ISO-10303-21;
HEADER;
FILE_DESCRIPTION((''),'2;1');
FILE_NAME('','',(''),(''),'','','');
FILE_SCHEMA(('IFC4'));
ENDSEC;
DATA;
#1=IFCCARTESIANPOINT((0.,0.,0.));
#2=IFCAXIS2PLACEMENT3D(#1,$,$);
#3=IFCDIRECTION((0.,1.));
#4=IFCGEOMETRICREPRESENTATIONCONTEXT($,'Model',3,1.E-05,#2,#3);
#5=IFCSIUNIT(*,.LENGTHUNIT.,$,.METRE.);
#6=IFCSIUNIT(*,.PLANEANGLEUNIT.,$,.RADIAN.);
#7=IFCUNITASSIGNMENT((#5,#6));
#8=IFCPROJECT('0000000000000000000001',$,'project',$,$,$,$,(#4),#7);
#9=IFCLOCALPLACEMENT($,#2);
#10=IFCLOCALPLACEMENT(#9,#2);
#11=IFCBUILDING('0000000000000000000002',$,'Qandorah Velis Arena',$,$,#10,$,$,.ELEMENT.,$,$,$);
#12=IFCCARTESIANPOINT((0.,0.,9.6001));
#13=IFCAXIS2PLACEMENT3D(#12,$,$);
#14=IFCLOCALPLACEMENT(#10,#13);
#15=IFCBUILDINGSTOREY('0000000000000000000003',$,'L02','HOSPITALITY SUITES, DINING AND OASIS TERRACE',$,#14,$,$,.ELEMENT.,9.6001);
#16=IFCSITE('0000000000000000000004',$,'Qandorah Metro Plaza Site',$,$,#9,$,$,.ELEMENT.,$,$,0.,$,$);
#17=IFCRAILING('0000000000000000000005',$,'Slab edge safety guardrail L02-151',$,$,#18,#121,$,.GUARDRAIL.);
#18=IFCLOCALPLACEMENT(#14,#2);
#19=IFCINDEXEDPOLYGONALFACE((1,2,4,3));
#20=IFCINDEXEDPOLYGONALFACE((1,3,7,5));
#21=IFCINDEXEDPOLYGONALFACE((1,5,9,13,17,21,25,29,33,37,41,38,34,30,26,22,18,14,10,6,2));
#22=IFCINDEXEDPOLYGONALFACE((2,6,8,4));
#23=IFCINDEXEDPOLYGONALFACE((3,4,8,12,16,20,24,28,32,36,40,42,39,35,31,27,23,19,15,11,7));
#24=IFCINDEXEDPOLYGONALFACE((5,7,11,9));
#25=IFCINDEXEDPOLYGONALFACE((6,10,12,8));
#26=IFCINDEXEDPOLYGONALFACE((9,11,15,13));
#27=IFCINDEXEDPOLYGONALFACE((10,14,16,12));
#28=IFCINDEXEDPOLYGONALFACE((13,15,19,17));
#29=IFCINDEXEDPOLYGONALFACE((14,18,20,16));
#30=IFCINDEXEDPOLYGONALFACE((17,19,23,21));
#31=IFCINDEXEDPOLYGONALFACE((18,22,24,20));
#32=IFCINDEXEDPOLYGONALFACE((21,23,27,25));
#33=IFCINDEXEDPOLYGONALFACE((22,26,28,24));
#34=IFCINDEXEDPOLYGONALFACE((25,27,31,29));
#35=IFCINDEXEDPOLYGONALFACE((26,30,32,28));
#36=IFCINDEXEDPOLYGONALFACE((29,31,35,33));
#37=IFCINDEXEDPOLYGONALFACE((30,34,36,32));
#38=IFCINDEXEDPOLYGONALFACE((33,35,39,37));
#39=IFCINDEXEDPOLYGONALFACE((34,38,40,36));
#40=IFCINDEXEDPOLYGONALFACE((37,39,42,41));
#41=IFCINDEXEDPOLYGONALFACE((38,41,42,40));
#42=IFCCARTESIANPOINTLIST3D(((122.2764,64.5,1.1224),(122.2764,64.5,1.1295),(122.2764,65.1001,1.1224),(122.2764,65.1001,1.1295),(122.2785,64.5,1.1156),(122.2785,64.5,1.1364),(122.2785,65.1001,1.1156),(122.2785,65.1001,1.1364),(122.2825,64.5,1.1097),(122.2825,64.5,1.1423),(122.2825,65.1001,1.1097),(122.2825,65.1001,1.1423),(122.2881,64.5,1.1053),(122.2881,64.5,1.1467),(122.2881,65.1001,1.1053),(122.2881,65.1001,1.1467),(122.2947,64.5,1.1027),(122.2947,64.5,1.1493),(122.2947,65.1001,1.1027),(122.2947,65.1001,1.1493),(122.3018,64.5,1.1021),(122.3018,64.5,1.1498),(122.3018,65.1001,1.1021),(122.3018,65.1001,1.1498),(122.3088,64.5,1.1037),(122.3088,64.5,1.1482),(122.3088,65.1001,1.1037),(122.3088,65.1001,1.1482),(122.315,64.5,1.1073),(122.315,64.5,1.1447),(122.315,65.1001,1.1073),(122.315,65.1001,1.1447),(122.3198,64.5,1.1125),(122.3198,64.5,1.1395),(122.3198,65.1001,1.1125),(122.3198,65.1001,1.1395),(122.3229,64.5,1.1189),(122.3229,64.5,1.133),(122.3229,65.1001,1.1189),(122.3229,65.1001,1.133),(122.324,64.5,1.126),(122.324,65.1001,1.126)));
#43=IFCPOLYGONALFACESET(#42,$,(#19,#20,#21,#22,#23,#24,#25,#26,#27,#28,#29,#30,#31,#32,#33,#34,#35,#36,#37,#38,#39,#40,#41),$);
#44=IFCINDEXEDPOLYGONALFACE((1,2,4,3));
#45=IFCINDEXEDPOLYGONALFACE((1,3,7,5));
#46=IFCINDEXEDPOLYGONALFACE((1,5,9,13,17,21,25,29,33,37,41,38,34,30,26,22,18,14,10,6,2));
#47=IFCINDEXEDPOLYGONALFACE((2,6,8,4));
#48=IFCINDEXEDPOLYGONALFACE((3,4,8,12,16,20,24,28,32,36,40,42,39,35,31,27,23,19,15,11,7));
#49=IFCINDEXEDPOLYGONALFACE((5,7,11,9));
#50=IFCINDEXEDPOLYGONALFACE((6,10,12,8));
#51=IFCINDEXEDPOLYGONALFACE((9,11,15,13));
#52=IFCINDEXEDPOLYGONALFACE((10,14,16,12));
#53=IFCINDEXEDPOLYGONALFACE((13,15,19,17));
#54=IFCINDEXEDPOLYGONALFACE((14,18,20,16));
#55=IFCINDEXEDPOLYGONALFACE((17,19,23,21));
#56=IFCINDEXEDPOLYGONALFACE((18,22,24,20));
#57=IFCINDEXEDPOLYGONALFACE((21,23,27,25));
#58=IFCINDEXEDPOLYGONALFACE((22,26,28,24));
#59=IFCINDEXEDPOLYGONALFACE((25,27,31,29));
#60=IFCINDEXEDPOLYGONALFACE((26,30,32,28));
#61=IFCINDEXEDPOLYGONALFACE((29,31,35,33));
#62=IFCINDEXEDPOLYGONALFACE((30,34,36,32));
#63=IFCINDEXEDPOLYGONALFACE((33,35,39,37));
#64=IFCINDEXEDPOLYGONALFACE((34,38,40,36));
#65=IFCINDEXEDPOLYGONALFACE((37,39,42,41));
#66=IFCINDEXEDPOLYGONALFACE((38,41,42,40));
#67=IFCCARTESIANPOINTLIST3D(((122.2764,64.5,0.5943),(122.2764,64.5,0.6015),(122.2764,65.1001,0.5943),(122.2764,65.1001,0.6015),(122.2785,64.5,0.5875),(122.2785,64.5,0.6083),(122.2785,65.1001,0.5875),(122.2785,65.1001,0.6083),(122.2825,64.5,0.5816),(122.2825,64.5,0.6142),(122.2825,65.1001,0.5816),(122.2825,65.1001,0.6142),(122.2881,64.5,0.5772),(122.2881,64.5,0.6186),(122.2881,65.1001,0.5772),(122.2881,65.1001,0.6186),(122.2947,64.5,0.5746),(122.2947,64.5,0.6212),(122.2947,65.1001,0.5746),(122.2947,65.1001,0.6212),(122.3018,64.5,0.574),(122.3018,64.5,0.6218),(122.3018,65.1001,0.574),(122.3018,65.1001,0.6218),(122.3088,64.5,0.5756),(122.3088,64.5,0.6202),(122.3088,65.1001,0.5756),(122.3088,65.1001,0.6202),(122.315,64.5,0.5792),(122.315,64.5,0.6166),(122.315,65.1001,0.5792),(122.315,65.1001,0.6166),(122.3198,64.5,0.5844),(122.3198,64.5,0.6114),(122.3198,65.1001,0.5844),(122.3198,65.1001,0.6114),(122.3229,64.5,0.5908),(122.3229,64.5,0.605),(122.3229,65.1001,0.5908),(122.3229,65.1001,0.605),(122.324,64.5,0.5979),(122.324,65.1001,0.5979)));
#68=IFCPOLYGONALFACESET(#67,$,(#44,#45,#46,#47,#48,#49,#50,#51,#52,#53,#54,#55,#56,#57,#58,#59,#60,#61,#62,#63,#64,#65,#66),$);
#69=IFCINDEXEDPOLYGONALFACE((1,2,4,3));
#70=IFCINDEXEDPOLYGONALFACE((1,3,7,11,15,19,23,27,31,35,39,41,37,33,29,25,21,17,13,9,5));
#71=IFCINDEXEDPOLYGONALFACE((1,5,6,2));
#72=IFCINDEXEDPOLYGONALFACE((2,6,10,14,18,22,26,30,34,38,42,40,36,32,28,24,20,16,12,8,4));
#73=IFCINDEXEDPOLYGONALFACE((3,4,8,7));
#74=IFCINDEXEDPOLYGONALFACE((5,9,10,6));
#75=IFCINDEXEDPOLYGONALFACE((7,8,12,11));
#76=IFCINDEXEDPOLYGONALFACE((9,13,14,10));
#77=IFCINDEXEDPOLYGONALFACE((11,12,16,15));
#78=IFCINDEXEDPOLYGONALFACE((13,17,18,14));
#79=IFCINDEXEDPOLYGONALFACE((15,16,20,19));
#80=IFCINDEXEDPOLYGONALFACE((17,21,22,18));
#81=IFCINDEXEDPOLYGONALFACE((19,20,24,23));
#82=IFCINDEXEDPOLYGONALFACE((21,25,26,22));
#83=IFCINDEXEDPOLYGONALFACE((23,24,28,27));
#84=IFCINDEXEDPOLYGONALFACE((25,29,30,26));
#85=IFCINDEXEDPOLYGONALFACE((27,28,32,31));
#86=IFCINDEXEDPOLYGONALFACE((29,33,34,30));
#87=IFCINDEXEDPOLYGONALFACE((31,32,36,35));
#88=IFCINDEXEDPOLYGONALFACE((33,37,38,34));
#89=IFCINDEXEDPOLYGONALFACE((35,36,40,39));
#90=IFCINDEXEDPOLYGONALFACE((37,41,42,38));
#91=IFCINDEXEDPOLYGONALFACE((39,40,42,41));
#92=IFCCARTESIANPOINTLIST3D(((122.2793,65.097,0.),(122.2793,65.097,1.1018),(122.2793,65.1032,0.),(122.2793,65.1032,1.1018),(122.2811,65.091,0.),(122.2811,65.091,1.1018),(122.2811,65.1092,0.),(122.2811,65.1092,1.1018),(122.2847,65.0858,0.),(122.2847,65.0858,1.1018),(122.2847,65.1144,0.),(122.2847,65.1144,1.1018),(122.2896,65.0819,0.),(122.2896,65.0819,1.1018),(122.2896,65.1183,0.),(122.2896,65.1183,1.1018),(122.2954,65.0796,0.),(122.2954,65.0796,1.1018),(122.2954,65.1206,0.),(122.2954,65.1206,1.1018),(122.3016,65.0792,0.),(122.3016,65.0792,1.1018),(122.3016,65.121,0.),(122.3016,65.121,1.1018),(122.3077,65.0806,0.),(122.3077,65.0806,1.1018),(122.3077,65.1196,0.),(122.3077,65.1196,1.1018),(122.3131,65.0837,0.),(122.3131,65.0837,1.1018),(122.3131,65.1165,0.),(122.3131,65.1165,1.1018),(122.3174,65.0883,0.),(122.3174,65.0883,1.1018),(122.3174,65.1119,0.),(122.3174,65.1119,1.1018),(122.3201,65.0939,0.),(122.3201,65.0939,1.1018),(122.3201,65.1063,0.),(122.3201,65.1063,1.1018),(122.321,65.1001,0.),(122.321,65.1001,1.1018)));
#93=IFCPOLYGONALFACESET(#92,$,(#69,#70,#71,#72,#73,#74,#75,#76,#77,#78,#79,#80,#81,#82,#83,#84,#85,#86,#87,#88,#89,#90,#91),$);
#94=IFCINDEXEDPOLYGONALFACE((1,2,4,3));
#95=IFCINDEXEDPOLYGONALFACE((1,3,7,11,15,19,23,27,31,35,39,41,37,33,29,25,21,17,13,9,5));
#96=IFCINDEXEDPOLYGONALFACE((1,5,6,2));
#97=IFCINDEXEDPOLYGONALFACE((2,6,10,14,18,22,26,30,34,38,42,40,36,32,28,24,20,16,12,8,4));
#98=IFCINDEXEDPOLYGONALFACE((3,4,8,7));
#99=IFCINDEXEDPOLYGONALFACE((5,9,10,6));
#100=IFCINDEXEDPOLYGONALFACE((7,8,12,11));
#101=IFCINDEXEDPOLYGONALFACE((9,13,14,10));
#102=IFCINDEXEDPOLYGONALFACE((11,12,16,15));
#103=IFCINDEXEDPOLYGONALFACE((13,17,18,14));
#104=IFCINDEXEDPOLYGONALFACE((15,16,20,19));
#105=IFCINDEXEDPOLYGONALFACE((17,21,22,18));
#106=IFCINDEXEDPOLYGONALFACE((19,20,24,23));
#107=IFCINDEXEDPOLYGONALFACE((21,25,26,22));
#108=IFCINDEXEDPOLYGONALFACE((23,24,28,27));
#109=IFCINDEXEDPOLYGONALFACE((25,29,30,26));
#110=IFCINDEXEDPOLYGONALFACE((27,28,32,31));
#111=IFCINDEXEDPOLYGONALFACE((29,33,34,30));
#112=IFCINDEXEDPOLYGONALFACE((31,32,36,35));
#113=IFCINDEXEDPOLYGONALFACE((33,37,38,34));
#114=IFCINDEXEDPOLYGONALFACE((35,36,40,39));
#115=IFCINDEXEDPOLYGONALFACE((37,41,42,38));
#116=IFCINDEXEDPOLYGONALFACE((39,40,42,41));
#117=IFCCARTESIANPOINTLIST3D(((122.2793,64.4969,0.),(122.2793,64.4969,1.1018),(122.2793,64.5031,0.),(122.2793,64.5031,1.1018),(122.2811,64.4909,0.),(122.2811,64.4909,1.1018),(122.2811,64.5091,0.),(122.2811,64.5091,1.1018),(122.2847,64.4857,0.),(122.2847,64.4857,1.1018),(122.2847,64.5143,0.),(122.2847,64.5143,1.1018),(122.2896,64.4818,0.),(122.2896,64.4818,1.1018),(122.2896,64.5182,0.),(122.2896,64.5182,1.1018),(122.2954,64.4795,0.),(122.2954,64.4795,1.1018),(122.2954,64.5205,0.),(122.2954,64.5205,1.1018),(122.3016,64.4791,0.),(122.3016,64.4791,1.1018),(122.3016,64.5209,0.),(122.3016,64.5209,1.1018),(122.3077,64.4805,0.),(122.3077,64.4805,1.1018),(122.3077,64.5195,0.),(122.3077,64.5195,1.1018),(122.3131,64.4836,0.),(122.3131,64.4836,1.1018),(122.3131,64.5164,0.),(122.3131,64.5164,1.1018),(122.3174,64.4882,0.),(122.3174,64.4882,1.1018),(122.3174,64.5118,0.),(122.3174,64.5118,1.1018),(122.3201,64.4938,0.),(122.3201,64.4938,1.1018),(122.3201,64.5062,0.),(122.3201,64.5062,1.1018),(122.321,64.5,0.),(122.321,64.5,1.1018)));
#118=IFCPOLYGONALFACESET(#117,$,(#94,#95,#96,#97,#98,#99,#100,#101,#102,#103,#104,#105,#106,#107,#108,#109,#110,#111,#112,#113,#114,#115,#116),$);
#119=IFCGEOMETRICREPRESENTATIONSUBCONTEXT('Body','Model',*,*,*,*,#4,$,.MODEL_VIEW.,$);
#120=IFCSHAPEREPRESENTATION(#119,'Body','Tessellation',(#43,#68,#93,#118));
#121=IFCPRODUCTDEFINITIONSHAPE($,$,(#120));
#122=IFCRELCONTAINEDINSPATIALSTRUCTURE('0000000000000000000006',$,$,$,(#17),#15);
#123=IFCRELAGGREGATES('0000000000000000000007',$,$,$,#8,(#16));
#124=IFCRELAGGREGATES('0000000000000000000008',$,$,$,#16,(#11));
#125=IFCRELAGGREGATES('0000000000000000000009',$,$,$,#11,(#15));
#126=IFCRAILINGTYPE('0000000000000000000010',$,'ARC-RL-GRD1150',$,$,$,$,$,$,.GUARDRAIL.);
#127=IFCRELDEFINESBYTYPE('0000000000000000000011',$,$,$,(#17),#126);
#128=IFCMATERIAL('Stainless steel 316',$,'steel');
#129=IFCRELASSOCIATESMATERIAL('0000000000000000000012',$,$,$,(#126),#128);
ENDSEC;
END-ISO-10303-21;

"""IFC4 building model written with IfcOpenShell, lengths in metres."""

from ifc_helpers import new_model, si_unit, direction, frame, origin, origin_2d, place, context, subcontext, project, spatial, circle, extrude, material, type_object, element, save


model = new_model("IFC4")

# Units and contexts
model_context = context("Model", 3, precision=1e-05, world=origin(), true_north=direction((0.0, 1.0)))
body_context = subcontext(model_context, "Body", "Model", "MODEL_VIEW")
ifc_project = project(units=[si_unit("LENGTHUNIT", "METRE"), si_unit("PLANEANGLEUNIT", "RADIAN")], contexts=[model_context])

# Site, building, storey
site_placement = place(None, origin())
site = spatial("IfcSite", under=ifc_project, at=site_placement, Name="Qandorah Metro Plaza Site", CompositionType="ELEMENT", RefElevation=0.0)
building_placement = place(site_placement, origin())
building = spatial("IfcBuilding", under=site, at=building_placement, Name="Qandorah Velis Arena", CompositionType="ELEMENT")
storey_placement = place(building_placement, frame((0.0, 0.0, 9.6001)))
storey = spatial("IfcBuildingStorey", under=building, at=storey_placement, Name="L02", Description="HOSPITALITY SUITES, DINING AND OASIS TERRACE", CompositionType="ELEMENT", Elevation=9.6001)

# Railing
ifc_material_1 = material(Name="Stainless steel 316", Category="steel")
railing_type = type_object("IfcRailingType", Name="ARC-RL-GRD1150", PredefinedType="GUARDRAIL", material=ifc_material_1)
railing_1_placement = place(storey_placement, frame((122.3, 65.1001, 0.0)))
element("IfcRailing", 1, at=railing_1_placement, inside=storey, type_object=railing_type, Name="Slab edge safety guardrail L02-151", PredefinedType="GUARDRAIL", context=body_context, shape_type="SweptSolid", body=[
    extrude(circle(Radius=0.0239, at=origin_2d()), frame((0.0, 0.0, 1.126), z_axis=(0.0, -1.0, 0.0), x_axis=(1.0, 0.0, 0.0)), (0.0, 0.0, 1.0), 0.6001),
    extrude(circle(Radius=0.0239, at=origin_2d()), frame((0.0, 0.0, 0.5979), z_axis=(0.0, -1.0, 0.0), x_axis=(1.0, 0.0, 0.0)), (0.0, 0.0, 1.0), 0.6001),
    extrude(circle(Radius=0.021, at=origin_2d()), origin(), (0.0, 0.0, 1.0), 1.1018),
    extrude(circle(Radius=0.021, at=origin_2d()), frame((0.0, -0.6001, 0.0)), (0.0, 0.0, 1.0), 1.1018),
])

save(model, "model.ifc")
